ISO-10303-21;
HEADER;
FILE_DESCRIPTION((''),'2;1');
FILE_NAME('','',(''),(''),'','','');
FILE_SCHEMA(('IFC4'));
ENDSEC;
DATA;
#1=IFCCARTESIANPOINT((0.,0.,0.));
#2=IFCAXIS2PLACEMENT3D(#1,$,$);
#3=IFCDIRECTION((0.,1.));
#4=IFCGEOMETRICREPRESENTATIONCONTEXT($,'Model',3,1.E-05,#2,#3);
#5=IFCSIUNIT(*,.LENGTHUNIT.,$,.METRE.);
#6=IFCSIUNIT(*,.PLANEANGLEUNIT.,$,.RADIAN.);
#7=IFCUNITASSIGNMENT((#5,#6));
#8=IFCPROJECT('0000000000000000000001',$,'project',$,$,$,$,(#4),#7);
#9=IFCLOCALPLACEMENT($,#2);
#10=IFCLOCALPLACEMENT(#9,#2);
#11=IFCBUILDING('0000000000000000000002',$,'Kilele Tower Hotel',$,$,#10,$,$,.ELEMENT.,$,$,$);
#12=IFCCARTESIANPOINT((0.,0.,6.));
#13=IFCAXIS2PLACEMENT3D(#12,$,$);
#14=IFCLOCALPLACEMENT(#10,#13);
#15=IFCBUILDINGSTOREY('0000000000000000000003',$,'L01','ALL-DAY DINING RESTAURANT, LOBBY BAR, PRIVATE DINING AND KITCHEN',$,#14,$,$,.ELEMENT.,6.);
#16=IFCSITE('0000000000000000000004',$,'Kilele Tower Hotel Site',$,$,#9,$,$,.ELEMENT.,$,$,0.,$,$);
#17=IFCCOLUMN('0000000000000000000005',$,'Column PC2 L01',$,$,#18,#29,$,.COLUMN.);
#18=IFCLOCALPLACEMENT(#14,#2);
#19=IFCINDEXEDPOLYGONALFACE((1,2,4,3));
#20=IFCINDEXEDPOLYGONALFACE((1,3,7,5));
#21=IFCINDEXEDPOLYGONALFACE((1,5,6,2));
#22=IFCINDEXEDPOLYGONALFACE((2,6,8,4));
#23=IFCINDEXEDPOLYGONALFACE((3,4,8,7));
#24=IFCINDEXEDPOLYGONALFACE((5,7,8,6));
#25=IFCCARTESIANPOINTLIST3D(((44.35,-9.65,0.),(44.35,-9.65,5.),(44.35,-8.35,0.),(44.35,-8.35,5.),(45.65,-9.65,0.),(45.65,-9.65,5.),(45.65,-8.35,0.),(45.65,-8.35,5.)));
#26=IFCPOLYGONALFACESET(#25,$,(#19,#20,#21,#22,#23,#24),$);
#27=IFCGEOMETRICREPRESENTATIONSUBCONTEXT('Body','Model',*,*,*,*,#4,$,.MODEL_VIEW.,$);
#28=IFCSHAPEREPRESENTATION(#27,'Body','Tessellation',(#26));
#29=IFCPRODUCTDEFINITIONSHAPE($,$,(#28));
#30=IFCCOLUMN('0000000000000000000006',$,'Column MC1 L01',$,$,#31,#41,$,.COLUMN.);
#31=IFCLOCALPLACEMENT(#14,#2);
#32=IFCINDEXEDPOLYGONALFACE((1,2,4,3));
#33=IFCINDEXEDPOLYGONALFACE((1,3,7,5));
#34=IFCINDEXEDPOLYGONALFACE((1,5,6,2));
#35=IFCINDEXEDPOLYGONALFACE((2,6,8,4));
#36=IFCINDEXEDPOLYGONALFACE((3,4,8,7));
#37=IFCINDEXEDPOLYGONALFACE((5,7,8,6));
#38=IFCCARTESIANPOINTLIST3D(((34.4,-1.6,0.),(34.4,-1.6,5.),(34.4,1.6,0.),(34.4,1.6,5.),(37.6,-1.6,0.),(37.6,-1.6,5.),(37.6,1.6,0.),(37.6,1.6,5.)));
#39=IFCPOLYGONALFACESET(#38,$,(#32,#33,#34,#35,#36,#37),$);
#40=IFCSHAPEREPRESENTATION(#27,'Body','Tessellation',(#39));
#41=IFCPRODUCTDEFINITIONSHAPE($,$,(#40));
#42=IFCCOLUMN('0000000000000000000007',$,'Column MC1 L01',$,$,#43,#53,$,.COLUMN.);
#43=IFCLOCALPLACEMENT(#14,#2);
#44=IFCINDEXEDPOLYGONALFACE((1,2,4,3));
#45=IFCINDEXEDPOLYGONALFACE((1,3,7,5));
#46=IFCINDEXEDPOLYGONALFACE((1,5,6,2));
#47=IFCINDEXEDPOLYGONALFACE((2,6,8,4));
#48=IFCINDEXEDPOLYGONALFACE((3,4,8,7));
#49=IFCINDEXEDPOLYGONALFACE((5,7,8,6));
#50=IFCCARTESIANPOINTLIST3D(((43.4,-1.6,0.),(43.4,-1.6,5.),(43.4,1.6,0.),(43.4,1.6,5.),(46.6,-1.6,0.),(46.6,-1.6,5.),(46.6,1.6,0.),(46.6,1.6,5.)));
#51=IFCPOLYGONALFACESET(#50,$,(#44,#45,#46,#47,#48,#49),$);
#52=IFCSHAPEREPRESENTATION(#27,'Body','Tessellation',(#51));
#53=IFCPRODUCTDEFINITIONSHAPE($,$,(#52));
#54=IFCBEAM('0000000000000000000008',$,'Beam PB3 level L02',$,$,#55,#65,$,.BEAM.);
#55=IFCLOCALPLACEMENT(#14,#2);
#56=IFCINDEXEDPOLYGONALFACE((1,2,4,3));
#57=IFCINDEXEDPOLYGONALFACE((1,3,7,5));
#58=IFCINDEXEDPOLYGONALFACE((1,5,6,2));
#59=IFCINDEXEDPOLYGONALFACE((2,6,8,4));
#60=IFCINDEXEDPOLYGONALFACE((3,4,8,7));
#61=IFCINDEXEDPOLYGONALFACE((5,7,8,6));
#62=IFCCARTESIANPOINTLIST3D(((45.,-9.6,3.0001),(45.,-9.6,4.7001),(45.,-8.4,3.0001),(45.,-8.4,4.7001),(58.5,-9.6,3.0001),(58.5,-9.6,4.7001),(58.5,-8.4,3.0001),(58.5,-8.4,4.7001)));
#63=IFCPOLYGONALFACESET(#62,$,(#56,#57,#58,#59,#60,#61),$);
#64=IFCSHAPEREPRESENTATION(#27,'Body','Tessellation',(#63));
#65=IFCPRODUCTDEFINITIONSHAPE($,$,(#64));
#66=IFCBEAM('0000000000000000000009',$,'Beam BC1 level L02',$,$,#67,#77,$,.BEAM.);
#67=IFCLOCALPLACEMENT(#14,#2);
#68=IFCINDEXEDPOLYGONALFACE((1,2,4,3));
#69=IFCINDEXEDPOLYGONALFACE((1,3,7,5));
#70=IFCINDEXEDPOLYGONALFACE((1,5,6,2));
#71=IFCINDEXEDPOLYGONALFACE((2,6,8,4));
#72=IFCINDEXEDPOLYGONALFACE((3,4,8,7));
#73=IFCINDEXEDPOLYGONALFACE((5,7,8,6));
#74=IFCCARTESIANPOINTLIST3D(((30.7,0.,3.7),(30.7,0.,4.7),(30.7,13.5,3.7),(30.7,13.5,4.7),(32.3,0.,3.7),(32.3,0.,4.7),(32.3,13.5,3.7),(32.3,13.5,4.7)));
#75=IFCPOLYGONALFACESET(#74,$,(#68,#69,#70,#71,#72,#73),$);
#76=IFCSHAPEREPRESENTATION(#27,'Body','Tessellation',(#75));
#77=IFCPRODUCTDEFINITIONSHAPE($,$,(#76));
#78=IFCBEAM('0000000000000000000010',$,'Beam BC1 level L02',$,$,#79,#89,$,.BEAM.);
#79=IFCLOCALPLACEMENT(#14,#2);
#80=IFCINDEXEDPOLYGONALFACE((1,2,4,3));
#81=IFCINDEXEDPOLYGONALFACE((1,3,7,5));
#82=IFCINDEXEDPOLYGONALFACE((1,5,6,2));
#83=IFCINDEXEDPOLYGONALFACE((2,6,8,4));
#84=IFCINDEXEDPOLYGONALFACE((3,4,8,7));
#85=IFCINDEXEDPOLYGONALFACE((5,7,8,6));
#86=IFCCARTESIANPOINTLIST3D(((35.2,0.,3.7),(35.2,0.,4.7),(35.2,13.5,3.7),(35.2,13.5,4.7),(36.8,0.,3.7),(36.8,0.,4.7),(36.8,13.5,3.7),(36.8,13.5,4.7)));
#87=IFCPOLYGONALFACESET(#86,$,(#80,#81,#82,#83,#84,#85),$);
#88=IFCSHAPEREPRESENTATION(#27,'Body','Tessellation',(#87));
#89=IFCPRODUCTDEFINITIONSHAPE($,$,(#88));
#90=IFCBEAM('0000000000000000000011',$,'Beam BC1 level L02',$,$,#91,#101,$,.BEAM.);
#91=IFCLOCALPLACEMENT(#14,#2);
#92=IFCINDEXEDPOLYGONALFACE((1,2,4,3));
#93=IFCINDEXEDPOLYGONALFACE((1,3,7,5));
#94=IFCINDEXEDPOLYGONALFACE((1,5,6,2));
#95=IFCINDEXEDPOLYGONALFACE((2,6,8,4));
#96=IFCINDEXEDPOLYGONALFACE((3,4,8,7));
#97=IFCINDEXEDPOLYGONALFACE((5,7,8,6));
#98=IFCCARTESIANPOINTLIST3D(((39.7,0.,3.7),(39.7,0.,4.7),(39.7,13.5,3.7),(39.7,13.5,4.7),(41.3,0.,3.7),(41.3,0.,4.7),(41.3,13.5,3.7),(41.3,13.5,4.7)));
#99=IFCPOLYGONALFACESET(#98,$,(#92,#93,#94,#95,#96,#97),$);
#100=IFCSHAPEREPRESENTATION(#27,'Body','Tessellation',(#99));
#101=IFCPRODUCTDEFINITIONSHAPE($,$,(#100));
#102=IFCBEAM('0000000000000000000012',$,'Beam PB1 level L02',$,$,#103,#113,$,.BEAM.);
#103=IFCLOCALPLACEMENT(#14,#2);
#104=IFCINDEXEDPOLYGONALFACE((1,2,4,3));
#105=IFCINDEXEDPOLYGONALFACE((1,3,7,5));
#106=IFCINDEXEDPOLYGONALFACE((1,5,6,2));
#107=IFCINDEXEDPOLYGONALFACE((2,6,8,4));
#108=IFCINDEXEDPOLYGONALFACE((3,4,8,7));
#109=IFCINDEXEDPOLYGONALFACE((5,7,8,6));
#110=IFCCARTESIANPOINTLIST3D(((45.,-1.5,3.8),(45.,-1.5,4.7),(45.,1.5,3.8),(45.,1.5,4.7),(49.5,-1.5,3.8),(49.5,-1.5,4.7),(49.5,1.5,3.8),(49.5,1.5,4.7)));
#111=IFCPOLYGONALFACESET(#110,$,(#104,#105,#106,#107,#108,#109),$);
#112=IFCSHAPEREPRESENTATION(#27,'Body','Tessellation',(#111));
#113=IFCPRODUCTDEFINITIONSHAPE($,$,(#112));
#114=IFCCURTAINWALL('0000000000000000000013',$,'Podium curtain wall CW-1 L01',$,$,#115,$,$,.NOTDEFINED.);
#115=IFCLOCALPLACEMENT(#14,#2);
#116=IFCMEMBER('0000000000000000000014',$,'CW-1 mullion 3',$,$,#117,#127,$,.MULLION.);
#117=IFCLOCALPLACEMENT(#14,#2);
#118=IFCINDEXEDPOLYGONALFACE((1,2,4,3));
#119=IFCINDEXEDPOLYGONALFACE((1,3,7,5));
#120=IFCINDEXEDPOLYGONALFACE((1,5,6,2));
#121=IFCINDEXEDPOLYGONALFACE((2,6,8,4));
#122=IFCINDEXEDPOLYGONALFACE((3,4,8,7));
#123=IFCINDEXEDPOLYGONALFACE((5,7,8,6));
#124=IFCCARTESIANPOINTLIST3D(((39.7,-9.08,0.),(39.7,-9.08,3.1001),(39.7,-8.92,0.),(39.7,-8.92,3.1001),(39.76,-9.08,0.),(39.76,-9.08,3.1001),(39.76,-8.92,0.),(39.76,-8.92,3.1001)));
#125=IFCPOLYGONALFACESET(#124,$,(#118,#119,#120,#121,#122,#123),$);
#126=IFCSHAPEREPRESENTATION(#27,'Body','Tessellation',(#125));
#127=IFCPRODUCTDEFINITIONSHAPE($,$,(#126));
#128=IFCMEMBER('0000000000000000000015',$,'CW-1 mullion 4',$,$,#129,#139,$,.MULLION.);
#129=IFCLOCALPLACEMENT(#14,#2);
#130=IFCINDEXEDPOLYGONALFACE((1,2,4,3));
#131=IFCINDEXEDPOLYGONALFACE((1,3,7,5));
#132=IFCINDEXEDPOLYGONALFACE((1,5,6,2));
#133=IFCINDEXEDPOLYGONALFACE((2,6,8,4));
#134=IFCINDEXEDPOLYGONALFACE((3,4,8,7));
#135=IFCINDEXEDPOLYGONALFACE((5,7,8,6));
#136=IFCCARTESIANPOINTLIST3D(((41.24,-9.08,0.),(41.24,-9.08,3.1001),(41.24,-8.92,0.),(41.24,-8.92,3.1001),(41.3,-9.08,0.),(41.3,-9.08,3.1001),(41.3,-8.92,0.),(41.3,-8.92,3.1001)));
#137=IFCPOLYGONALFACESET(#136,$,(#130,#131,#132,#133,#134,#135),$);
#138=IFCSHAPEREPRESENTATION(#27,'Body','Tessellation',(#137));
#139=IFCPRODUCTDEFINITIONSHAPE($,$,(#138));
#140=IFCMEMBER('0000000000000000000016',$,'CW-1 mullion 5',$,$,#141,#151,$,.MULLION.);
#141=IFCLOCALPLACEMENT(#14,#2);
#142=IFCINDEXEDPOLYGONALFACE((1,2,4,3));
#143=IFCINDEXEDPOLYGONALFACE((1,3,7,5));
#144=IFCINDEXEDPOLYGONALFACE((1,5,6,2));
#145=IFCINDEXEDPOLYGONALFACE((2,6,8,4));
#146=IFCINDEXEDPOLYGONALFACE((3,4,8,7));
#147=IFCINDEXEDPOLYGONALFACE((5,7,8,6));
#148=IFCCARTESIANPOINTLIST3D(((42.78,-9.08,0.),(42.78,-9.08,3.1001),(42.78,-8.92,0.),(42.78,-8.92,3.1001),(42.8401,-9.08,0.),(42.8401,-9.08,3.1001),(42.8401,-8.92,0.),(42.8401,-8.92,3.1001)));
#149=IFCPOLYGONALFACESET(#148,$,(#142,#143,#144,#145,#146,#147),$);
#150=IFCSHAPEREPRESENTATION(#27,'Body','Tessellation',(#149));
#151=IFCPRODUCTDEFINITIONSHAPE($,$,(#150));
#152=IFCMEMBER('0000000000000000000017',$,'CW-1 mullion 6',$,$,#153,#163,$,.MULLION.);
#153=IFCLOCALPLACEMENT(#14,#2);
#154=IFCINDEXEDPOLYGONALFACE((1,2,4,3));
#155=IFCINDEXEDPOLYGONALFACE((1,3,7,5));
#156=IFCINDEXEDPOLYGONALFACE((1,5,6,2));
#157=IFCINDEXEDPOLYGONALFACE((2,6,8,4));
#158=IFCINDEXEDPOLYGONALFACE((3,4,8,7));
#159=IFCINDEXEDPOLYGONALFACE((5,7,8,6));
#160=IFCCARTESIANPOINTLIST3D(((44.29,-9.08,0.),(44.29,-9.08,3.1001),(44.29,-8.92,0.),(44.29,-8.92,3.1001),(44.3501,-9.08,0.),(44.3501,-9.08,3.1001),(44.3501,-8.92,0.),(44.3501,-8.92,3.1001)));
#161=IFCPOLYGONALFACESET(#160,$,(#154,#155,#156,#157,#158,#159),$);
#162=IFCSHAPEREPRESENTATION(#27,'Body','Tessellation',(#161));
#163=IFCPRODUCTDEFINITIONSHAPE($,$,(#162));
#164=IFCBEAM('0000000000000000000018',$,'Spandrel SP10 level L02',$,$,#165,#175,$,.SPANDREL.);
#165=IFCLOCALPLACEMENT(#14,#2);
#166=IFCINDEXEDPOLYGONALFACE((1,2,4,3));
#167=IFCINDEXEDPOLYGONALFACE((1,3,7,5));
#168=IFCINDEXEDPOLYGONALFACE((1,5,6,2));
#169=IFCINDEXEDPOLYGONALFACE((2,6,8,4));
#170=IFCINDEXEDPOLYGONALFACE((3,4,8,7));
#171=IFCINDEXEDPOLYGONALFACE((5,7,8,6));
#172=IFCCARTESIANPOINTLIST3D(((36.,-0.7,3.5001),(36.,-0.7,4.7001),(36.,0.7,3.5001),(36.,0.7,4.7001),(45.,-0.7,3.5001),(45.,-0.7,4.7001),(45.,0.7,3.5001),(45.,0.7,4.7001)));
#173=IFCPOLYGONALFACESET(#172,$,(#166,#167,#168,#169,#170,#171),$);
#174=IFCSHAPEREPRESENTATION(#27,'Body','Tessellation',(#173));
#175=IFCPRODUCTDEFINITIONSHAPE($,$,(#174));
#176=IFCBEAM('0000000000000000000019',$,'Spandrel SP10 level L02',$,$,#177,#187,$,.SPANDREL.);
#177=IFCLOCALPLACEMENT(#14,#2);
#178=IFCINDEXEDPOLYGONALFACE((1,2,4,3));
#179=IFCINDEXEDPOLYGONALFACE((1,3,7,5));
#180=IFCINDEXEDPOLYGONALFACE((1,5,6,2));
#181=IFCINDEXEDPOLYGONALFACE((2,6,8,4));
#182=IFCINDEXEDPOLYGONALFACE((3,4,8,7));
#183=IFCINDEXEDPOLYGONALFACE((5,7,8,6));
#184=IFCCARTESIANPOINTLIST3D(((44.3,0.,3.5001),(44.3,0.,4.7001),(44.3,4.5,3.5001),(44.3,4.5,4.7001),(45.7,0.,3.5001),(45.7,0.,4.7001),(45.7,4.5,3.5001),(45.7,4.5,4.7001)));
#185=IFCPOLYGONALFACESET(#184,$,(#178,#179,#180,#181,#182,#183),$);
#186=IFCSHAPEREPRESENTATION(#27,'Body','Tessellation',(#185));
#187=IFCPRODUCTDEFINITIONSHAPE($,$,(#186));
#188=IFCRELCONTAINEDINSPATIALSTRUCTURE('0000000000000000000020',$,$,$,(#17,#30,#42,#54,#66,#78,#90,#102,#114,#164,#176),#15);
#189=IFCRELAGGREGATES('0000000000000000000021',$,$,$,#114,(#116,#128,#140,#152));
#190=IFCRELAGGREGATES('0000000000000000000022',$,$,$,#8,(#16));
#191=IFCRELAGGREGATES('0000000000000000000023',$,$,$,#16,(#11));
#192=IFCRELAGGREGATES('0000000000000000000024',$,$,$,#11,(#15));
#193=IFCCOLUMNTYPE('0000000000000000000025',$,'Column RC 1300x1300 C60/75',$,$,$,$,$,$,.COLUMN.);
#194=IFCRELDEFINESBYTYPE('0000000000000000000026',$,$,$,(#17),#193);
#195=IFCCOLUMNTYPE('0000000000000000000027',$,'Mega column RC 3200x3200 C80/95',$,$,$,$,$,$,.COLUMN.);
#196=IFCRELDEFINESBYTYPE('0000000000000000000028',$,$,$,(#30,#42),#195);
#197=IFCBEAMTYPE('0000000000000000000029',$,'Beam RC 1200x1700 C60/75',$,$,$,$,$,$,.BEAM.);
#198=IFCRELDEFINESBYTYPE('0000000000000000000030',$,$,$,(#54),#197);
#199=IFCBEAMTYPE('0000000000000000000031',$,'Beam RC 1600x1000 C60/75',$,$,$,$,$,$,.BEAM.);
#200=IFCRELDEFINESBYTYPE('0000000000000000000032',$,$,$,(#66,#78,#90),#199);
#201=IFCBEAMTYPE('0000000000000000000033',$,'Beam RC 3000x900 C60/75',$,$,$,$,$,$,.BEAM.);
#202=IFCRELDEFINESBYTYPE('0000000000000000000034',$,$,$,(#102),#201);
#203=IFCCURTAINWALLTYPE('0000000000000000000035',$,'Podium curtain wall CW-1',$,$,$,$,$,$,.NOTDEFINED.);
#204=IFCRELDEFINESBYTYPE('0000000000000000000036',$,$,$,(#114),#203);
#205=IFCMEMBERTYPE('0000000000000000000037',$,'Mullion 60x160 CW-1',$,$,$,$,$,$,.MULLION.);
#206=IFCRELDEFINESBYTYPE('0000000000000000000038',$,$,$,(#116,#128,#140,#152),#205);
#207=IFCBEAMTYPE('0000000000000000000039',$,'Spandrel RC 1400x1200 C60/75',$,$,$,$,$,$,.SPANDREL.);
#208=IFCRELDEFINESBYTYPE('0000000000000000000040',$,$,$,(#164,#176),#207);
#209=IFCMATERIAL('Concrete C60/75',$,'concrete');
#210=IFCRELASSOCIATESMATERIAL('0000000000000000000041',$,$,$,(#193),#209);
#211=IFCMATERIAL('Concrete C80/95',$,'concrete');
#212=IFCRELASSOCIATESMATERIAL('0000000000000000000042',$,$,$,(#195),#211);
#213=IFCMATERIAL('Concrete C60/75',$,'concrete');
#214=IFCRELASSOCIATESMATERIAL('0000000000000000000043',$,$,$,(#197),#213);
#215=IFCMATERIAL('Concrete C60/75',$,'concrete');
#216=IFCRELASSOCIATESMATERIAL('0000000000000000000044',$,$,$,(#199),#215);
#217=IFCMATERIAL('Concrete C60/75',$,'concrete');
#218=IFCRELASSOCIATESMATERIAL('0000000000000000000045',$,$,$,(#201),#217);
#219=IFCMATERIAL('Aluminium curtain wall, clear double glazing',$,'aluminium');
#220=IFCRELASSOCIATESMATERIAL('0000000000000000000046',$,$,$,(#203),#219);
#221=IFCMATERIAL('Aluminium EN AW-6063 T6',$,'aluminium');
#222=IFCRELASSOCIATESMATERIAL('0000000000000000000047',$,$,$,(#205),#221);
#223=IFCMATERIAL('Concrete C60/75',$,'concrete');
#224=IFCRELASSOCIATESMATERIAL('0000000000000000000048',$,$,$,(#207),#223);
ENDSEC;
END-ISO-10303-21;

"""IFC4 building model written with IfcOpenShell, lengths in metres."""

from ifc_helpers import new_model, si_unit, direction, frame, origin, origin_2d, place, context, subcontext, project, spatial, rectangle, extrude, material, material_profile, profile_set, type_object, element, aggregate, save


model = new_model("IFC4")

# Units and contexts
model_context = context("Model", 3, precision=1e-05, world=origin(), true_north=direction((0.0, 1.0)))
body_context = subcontext(model_context, "Body", "Model", "MODEL_VIEW")
ifc_project = project(units=[si_unit("LENGTHUNIT", "METRE"), si_unit("PLANEANGLEUNIT", "RADIAN")], contexts=[model_context])

# Site, building, storey
site_placement = place(None, origin())
site = spatial("IfcSite", under=ifc_project, at=site_placement, Name="Kilele Tower Hotel Site", CompositionType="ELEMENT", RefElevation=0.0)
building_placement = place(site_placement, origin())
building = spatial("IfcBuilding", under=site, at=building_placement, Name="Kilele Tower Hotel", CompositionType="ELEMENT")
storey_placement = place(building_placement, frame((0.0, 0.0, 6.0)))
storey = spatial("IfcBuildingStorey", under=building, at=storey_placement, Name="L01", Description="ALL-DAY DINING RESTAURANT, LOBBY BAR, PRIVATE DINING AND KITCHEN", CompositionType="ELEMENT", Elevation=6.0)

# Columns
ifc_material_1 = material(Name="Concrete C60/75", Category="concrete")
ifc_material_profile_1 = material_profile(ifc_material_1, rectangle(XDim=1.3, YDim=1.3, at=origin_2d()))
ifc_profile_set_1 = profile_set([ifc_material_profile_1], Name="Concrete C60/75")
column_type_1 = type_object("IfcColumnType", Name="Column RC 1300x1300 C60/75", PredefinedType="COLUMN", material=ifc_profile_set_1)
column_placement = place(storey_placement, frame((45.0, -9.0, 0.0), z_axis=(0.0, 0.0, 1.0), x_axis=(1.0, 0.0, 0.0)))
element("IfcColumn", 1, at=column_placement, inside=storey, type_object=column_type_1, Name="Column PC2 L01", PredefinedType="COLUMN", context=body_context, shape_type="SweptSolid", body=[
    extrude(rectangle(XDim=1.3, YDim=1.3, at=origin_2d()), origin(), (0.0, 0.0, 1.0), 5.0),
])
ifc_material_2 = material(Name="Concrete C80/95", Category="concrete")
ifc_material_profile_2 = material_profile(ifc_material_2, rectangle(XDim=3.2, YDim=3.2, at=origin_2d()))
ifc_profile_set_2 = profile_set([ifc_material_profile_2], Name="Concrete C80/95")
column_type_2 = type_object("IfcColumnType", Name="Mega column RC 3200x3200 C80/95", PredefinedType="COLUMN", material=ifc_profile_set_2)
for number, where, z_axis, x_axis, name in (
    (2, (36.0, 0.0, 0.0), (0.0, 0.0, 1.0), (1.0, 0.0, 0.0), "Column MC1 L01"),
    (3, (45.0, 0.0, 0.0), (0.0, 0.0, 1.0), (1.0, 0.0, 0.0), "Column MC1 L01"),
):
    element("IfcColumn", number, at=place(storey_placement, frame(where, z_axis=z_axis, x_axis=x_axis)), inside=storey, type_object=column_type_2, Name=name, PredefinedType="COLUMN", context=body_context, shape_type="SweptSolid", body=[
        extrude(rectangle(XDim=3.2, YDim=3.2, at=origin_2d()), origin(), (0.0, 0.0, 1.0), 5.0),
    ])

# Beams
ifc_material_3 = material(Name="Concrete C60/75", Category="concrete")
ifc_material_profile_3 = material_profile(ifc_material_3, rectangle(XDim=1.2, YDim=1.7, at=origin_2d()))
ifc_profile_set_3 = profile_set([ifc_material_profile_3], Name="Concrete C60/75")
beam_type_1 = type_object("IfcBeamType", Name="Beam RC 1200x1700 C60/75", PredefinedType="BEAM", material=ifc_profile_set_3)
beam_1_placement = place(storey_placement, frame((45.0, -9.0, 3.8501), z_axis=(1.0, 0.0, 0.0), x_axis=(0.0, 1.0, 0.0)))
element("IfcBeam", 4, at=beam_1_placement, inside=storey, type_object=beam_type_1, Name="Beam PB3 level L02", PredefinedType="BEAM", context=body_context, shape_type="SweptSolid", body=[
    extrude(rectangle(XDim=1.2, YDim=1.7, at=origin_2d()), origin(), (0.0, 0.0, 1.0), 13.5),
])
ifc_material_4 = material(Name="Concrete C60/75", Category="concrete")
ifc_material_profile_4 = material_profile(ifc_material_4, rectangle(XDim=1.6001, YDim=1.0, at=origin_2d()))
ifc_profile_set_4 = profile_set([ifc_material_profile_4], Name="Concrete C60/75")
beam_type_2 = type_object("IfcBeamType", Name="Beam RC 1600x1000 C60/75", PredefinedType="BEAM", material=ifc_profile_set_4)
for number, where, z_axis, x_axis, name in (
    (5, (31.5, 0.0, 4.2), (0.0, 1.0, 0.0), (-1.0, 0.0, 0.0), "Beam BC1 level L02"),
    (6, (36.0, 0.0, 4.2), (0.0, 1.0, 0.0), (-1.0, 0.0, 0.0), "Beam BC1 level L02"),
    (7, (40.5, 0.0, 4.2), (0.0, 1.0, 0.0), (-1.0, 0.0, 0.0), "Beam BC1 level L02"),
):
    element("IfcBeam", number, at=place(storey_placement, frame(where, z_axis=z_axis, x_axis=x_axis)), inside=storey, type_object=beam_type_2, Name=name, PredefinedType="BEAM", context=body_context, shape_type="SweptSolid", body=[
        extrude(rectangle(XDim=1.6001, YDim=1.0, at=origin_2d()), origin(), (0.0, 0.0, 1.0), 13.5),
    ])
ifc_material_5 = material(Name="Concrete C60/75", Category="concrete")
ifc_material_profile_5 = material_profile(ifc_material_5, rectangle(XDim=3.0, YDim=0.8999, at=origin_2d()))
ifc_profile_set_5 = profile_set([ifc_material_profile_5], Name="Concrete C60/75")
beam_type_3 = type_object("IfcBeamType", Name="Beam RC 3000x900 C60/75", PredefinedType="BEAM", material=ifc_profile_set_5)
beam_2_placement = place(storey_placement, frame((45.0, 0.0, 4.25), z_axis=(1.0, 0.0, 0.0), x_axis=(0.0, 1.0, 0.0)))
element("IfcBeam", 8, at=beam_2_placement, inside=storey, type_object=beam_type_3, Name="Beam PB1 level L02", PredefinedType="BEAM", context=body_context, shape_type="SweptSolid", body=[
    extrude(rectangle(XDim=3.0, YDim=0.8999, at=origin_2d()), origin(), (0.0, 0.0, 1.0), 4.5),
])

# Curtain wall, members
ifc_material_6 = material(Name="Aluminium curtain wall, clear double glazing", Category="aluminium")
curtain_wall_type = type_object("IfcCurtainWallType", Name="Podium curtain wall CW-1", PredefinedType="NOTDEFINED", material=ifc_material_6)
curtain_wall_placement = place(storey_placement, origin())
curtain_wall = element("IfcCurtainWall", 9, at=curtain_wall_placement, inside=storey, type_object=curtain_wall_type, Name="Podium curtain wall CW-1 L01", PredefinedType="NOTDEFINED")
ifc_material_7 = material(Name="Aluminium EN AW-6063 T6", Category="aluminium")
ifc_material_profile_6 = material_profile(ifc_material_7, rectangle(XDim=0.1599, YDim=0.0601, at=origin_2d()))
ifc_profile_set_6 = profile_set([ifc_material_profile_6], Name="Aluminium EN AW-6063 T6")
member_type_1 = type_object("IfcMemberType", Name="Mullion 60x160 CW-1", PredefinedType="MULLION", material=ifc_profile_set_6)
member_1_placement = place(storey_placement, frame((39.73, -9.0, 0.0), z_axis=(0.0, 0.0, 1.0), x_axis=(0.0, 1.0, 0.0)))
member_1 = element("IfcMember", 10, at=member_1_placement, type_object=member_type_1, Name="CW-1 mullion 3", PredefinedType="MULLION", context=body_context, shape_type="SweptSolid", body=[
    extrude(rectangle(XDim=0.1599, YDim=0.0601, at=origin_2d()), origin(), (0.0, 0.0, 1.0), 3.1001),
])
member_2_placement = place(storey_placement, frame((41.27, -9.0, 0.0), z_axis=(0.0, 0.0, 1.0), x_axis=(0.0, 1.0, 0.0)))
member_2 = element("IfcMember", 11, at=member_2_placement, type_object=member_type_1, Name="CW-1 mullion 4", PredefinedType="MULLION", context=body_context, shape_type="SweptSolid", body=[
    extrude(rectangle(XDim=0.1599, YDim=0.0601, at=origin_2d()), origin(), (0.0, 0.0, 1.0), 3.1001),
])
member_3_placement = place(storey_placement, frame((42.8101, -9.0, 0.0), z_axis=(0.0, 0.0, 1.0), x_axis=(0.0, 1.0, 0.0)))
member_3 = element("IfcMember", 12, at=member_3_placement, type_object=member_type_1, Name="CW-1 mullion 5", PredefinedType="MULLION", context=body_context, shape_type="SweptSolid", body=[
    extrude(rectangle(XDim=0.1599, YDim=0.0601, at=origin_2d()), origin(), (0.0, 0.0, 1.0), 3.1001),
])
member_4_placement = place(storey_placement, frame((44.3201, -9.0, 0.0), z_axis=(0.0, 0.0, 1.0), x_axis=(0.0, 1.0, 0.0)))
member_4 = element("IfcMember", 13, at=member_4_placement, type_object=member_type_1, Name="CW-1 mullion 6", PredefinedType="MULLION", context=body_context, shape_type="SweptSolid", body=[
    extrude(rectangle(XDim=0.1599, YDim=0.0601, at=origin_2d()), origin(), (0.0, 0.0, 1.0), 3.1001),
])

# Beams
ifc_material_8 = material(Name="Concrete C60/75", Category="concrete")
ifc_material_profile_7 = material_profile(ifc_material_8, rectangle(XDim=1.3999, YDim=1.2, at=origin_2d()))
ifc_profile_set_7 = profile_set([ifc_material_profile_7], Name="Concrete C60/75")
beam_type_4 = type_object("IfcBeamType", Name="Spandrel RC 1400x1200 C60/75", PredefinedType="SPANDREL", material=ifc_profile_set_7)
beam_3_placement = place(storey_placement, frame((36.0, 0.0, 4.1001), z_axis=(1.0, 0.0, 0.0), x_axis=(0.0, 1.0, 0.0)))
element("IfcBeam", 14, at=beam_3_placement, inside=storey, type_object=beam_type_4, Name="Spandrel SP10 level L02", PredefinedType="SPANDREL", context=body_context, shape_type="SweptSolid", body=[
    extrude(rectangle(XDim=1.3999, YDim=1.2, at=origin_2d()), origin(), (0.0, 0.0, 1.0), 9.0),
])
beam_4_placement = place(storey_placement, frame((45.0, 0.0, 4.1001), z_axis=(0.0, 1.0, 0.0), x_axis=(-1.0, 0.0, 0.0)))
element("IfcBeam", 15, at=beam_4_placement, inside=storey, type_object=beam_type_4, Name="Spandrel SP10 level L02", PredefinedType="SPANDREL", context=body_context, shape_type="SweptSolid", body=[
    extrude(rectangle(XDim=1.3999, YDim=1.2, at=origin_2d()), origin(), (0.0, 0.0, 1.0), 4.5),
])

aggregate(curtain_wall, [member_1, member_2, member_3, member_4])

save(model, "model.ifc")
